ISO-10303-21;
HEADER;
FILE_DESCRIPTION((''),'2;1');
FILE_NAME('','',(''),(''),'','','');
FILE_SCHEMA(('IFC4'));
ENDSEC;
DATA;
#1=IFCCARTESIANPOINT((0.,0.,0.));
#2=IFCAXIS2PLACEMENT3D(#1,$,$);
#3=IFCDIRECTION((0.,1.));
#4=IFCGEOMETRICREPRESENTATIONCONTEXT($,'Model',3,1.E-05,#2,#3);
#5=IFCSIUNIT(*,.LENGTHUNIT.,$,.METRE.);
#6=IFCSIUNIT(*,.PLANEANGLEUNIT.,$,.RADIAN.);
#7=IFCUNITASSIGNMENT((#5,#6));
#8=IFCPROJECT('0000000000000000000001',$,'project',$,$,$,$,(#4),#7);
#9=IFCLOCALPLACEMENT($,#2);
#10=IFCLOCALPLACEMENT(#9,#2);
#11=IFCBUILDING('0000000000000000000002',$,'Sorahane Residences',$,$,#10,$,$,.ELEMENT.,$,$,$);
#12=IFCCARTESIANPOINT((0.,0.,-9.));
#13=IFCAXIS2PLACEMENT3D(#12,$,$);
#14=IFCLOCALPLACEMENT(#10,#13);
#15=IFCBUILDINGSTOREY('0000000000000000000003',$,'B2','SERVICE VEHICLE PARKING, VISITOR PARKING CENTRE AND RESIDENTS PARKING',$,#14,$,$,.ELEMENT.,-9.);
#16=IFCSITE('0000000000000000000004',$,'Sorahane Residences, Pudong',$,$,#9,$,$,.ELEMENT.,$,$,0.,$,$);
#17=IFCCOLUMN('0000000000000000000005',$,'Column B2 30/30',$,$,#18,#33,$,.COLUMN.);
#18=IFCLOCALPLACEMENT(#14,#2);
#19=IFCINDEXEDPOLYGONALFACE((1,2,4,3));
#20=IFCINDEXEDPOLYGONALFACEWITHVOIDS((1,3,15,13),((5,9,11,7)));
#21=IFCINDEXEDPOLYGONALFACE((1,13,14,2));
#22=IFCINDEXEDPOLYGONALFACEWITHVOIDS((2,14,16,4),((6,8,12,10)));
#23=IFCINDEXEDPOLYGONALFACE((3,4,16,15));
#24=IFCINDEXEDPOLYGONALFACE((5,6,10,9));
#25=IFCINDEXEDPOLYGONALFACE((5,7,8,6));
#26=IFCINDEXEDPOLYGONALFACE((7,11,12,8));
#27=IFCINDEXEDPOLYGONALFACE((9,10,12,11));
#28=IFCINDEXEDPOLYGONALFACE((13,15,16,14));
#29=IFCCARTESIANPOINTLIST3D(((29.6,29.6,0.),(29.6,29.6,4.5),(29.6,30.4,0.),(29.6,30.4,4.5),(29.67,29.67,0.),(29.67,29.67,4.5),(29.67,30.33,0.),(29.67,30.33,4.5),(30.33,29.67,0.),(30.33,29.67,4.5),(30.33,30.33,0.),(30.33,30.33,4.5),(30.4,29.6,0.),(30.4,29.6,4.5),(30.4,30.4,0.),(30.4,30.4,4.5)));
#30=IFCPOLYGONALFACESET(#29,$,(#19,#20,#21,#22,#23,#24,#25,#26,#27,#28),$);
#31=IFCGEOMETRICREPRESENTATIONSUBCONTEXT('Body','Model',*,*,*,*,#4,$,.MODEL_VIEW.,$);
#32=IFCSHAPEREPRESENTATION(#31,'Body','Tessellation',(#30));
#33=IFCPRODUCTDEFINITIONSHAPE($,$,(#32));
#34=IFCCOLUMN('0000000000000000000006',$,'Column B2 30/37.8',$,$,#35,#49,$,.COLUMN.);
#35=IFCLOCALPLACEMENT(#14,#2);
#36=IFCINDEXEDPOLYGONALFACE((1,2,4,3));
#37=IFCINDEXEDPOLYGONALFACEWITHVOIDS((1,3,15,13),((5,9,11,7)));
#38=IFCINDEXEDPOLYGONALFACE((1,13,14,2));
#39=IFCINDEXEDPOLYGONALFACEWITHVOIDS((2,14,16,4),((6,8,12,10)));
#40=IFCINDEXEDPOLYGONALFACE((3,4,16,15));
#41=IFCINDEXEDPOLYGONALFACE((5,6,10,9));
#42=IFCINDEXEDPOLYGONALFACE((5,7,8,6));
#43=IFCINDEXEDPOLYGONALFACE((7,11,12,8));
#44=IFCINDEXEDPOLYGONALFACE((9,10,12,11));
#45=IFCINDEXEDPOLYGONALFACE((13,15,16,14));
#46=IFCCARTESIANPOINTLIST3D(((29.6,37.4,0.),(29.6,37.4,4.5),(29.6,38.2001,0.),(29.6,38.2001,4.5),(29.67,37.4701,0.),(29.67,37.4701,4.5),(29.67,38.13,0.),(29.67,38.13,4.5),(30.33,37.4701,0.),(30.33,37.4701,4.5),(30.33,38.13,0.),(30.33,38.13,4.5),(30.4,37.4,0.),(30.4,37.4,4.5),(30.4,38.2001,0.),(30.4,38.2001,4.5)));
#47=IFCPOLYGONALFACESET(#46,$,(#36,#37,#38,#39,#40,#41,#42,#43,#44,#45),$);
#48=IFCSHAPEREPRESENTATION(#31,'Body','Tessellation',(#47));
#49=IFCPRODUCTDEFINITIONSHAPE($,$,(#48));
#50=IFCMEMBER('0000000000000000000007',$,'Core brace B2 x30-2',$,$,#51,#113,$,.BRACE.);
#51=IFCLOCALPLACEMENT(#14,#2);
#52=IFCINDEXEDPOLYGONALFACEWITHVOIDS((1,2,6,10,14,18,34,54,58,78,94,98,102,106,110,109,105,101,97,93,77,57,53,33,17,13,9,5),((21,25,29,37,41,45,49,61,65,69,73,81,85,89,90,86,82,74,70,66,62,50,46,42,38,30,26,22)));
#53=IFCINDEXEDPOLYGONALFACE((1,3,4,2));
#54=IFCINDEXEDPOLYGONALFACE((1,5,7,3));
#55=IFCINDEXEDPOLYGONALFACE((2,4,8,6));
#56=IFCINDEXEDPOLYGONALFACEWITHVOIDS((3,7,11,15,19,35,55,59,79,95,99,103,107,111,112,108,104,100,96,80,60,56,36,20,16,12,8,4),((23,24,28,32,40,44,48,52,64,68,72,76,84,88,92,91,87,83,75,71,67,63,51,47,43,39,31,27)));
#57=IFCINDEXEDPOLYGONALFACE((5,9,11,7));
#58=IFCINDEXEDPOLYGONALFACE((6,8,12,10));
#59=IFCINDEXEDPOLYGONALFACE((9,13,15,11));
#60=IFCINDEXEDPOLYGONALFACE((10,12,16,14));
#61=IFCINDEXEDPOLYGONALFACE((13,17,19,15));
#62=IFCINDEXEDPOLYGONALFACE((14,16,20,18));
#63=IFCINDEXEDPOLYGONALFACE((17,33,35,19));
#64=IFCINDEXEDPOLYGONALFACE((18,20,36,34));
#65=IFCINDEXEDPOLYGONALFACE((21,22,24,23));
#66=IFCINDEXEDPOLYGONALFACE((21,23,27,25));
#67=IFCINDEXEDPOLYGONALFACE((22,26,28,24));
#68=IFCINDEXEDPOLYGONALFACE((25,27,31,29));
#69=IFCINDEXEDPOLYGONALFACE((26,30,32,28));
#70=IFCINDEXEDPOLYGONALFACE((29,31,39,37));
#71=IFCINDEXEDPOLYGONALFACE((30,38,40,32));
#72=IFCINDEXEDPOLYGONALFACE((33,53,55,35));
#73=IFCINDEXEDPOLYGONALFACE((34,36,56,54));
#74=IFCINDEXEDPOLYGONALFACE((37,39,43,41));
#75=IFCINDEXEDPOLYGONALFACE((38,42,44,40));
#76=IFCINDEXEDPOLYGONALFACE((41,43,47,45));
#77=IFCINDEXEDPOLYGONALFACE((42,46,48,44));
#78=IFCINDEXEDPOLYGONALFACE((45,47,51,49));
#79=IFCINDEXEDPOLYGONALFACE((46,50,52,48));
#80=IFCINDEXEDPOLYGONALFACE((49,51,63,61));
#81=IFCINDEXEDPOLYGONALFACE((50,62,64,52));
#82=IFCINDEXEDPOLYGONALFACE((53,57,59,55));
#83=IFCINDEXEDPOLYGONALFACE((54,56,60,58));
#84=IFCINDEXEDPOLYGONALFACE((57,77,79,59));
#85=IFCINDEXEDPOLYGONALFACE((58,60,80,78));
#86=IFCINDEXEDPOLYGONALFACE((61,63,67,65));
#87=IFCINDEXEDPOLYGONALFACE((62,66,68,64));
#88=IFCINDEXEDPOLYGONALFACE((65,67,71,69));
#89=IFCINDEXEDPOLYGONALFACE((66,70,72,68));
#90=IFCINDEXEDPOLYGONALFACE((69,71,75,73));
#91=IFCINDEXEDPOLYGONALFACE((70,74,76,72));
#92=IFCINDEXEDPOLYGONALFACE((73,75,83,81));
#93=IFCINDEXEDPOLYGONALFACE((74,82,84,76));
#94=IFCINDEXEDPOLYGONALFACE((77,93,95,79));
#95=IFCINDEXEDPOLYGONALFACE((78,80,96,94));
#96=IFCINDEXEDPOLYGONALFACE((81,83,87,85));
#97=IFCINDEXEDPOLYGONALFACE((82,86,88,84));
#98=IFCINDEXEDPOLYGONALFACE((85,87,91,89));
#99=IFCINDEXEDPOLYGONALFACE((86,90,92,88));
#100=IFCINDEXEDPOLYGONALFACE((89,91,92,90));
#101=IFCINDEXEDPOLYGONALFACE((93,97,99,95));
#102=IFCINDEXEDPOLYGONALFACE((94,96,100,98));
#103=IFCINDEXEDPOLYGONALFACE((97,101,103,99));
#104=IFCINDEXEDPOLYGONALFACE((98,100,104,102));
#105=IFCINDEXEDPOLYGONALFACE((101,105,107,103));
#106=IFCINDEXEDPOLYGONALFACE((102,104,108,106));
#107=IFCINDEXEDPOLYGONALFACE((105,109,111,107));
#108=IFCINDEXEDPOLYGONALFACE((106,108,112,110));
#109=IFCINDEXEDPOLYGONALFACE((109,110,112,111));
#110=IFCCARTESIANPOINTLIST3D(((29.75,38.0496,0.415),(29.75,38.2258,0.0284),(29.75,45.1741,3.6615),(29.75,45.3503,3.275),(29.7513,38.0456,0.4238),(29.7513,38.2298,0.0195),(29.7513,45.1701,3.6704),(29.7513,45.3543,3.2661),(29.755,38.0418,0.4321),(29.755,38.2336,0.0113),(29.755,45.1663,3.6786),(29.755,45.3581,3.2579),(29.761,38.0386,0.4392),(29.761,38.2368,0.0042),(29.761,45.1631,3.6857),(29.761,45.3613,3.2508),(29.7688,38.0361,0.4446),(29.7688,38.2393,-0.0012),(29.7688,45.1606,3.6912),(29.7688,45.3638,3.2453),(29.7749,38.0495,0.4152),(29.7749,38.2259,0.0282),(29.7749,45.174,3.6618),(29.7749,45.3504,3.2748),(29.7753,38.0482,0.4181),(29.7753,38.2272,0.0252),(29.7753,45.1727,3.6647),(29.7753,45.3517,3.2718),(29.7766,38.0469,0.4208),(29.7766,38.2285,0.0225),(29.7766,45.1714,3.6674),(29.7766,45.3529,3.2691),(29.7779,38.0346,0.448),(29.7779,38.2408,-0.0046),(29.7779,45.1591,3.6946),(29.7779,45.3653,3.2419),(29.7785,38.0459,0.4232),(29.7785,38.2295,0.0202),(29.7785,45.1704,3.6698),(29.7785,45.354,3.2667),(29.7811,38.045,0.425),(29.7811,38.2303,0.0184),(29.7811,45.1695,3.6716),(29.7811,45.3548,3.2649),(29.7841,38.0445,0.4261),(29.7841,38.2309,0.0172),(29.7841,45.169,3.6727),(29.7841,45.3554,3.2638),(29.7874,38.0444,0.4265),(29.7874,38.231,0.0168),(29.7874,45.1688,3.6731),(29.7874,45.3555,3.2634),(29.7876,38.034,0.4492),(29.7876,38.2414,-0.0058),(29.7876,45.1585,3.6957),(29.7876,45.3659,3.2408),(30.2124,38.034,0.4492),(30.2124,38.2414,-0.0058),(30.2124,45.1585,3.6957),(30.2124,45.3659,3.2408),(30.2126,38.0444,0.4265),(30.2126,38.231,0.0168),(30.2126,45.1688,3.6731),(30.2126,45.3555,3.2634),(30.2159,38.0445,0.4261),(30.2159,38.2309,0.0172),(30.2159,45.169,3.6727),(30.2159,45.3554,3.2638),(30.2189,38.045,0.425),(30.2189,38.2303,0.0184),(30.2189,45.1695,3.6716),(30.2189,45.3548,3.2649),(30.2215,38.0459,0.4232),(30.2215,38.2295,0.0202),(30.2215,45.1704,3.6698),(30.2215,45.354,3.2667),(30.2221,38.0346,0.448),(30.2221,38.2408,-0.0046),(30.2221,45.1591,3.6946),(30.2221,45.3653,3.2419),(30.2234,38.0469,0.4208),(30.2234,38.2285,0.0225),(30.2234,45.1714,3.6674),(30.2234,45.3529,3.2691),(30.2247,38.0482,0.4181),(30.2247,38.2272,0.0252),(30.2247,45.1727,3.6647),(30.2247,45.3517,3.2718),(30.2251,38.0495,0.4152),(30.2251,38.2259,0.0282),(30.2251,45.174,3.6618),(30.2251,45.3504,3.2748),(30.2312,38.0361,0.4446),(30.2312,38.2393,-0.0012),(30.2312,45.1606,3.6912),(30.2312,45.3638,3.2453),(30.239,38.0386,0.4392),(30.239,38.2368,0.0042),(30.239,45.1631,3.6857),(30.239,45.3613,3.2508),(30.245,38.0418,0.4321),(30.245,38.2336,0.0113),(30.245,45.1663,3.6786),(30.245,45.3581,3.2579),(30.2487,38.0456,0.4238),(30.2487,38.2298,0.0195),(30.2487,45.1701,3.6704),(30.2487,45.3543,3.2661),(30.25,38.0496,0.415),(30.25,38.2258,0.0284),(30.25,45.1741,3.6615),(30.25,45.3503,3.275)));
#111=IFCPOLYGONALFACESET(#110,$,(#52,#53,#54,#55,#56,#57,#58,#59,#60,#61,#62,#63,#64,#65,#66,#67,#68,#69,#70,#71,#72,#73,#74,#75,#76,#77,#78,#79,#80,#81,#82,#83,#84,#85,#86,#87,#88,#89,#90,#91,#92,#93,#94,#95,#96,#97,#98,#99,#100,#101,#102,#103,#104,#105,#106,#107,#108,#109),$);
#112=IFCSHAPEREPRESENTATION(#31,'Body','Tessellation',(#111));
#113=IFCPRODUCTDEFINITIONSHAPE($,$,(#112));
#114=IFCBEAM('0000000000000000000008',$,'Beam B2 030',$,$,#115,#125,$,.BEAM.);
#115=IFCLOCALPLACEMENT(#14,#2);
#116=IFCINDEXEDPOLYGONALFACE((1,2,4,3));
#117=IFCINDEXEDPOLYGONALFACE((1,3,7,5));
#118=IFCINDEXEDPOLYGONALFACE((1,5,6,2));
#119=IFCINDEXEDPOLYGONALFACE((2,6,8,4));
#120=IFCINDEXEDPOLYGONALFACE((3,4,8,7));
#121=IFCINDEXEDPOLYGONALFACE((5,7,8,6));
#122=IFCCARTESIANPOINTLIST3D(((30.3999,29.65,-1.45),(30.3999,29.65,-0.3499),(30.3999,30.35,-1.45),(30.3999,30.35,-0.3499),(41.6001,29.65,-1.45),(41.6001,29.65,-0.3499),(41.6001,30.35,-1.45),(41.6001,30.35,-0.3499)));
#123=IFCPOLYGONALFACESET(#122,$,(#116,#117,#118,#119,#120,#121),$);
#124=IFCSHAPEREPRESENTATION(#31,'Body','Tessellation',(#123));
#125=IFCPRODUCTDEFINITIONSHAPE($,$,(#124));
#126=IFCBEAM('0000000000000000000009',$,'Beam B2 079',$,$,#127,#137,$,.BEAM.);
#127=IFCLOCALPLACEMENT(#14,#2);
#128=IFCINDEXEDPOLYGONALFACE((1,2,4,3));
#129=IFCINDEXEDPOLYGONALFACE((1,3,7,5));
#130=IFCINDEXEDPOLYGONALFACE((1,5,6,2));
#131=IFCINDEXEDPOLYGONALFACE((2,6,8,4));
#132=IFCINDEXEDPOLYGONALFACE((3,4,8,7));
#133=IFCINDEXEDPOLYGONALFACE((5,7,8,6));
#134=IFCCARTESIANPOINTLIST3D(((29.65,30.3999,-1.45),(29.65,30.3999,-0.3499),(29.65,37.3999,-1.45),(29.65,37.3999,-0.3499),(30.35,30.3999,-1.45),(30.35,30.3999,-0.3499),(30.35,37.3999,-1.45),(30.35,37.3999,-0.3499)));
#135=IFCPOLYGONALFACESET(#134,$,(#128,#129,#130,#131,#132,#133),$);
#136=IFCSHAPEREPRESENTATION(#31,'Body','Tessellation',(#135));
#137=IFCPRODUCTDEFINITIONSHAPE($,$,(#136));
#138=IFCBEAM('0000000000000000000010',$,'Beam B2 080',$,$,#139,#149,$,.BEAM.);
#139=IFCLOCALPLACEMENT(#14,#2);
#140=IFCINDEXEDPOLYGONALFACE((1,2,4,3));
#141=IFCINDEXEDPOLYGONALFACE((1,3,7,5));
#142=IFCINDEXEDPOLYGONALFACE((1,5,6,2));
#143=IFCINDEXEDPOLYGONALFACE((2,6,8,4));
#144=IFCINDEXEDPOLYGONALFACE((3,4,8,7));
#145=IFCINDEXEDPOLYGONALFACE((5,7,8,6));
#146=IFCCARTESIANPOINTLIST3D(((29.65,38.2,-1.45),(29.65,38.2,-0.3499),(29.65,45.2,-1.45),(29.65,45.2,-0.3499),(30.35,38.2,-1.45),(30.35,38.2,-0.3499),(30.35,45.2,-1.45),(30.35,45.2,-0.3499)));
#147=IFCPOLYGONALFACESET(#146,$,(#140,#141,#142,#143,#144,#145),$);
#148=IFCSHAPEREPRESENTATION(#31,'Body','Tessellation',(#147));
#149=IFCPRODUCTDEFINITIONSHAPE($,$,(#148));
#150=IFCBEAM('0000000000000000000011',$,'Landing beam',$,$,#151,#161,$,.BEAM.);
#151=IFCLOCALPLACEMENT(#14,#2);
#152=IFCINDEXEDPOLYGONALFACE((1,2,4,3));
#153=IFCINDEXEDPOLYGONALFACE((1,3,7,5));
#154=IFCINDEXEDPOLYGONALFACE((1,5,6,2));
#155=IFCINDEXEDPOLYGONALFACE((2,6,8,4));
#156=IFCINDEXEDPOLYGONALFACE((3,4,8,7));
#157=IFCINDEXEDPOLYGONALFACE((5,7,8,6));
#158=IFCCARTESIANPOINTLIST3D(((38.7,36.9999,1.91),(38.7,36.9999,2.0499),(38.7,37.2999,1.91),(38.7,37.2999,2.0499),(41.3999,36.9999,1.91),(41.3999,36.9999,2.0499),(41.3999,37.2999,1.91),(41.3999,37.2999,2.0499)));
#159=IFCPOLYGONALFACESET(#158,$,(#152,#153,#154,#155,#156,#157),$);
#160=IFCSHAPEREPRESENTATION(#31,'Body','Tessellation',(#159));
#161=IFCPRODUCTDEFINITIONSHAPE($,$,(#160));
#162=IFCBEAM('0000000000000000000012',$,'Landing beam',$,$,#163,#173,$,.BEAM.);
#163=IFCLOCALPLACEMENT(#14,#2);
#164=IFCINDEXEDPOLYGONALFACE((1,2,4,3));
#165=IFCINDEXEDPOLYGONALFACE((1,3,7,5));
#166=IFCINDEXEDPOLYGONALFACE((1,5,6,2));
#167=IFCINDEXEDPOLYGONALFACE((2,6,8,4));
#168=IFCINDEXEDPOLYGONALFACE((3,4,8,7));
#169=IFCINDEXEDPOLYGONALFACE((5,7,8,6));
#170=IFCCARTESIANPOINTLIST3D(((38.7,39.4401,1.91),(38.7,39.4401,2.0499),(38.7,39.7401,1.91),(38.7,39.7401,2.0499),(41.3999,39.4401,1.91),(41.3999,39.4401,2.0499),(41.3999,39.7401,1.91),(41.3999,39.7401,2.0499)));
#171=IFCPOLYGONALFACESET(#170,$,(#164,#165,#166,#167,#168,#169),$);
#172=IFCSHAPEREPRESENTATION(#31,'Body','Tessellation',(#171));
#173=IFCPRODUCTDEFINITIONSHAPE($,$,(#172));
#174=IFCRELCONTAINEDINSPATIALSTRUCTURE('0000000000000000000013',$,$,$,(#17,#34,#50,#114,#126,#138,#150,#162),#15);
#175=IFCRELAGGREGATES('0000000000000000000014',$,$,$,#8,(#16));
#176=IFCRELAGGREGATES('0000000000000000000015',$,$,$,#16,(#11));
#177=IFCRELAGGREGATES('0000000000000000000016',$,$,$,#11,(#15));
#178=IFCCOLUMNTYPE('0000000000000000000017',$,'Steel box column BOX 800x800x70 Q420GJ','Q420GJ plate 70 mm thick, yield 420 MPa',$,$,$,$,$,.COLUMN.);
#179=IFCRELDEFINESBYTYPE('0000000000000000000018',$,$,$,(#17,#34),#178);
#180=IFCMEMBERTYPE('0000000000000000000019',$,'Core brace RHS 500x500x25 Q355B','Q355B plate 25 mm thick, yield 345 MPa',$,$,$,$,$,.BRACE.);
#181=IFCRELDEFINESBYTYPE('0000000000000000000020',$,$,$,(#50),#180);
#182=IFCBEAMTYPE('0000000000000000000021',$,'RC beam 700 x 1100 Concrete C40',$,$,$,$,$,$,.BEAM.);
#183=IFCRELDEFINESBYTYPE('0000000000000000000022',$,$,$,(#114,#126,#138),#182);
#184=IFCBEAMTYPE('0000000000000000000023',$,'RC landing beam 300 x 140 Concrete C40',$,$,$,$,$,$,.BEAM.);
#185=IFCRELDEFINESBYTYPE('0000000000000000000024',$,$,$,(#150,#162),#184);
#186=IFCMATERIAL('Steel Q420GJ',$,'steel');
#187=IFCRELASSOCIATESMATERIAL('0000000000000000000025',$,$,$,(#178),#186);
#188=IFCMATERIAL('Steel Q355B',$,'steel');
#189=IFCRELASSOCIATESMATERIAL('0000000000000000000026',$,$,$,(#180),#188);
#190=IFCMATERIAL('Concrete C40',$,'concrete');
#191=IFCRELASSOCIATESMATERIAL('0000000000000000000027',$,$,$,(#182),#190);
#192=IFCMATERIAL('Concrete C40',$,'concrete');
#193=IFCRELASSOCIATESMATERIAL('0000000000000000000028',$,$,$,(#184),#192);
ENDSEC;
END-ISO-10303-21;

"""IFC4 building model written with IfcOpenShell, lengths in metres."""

from ifc_helpers import new_model, si_unit, direction, frame, origin, origin_2d, place, context, subcontext, project, spatial, rectangle, hollow_rectangle, extrude, material, material_profile, profile_set, type_object, element, save


model = new_model("IFC4")

# Units and contexts
model_context = context("Model", 3, precision=1e-05, world=origin(), true_north=direction((0.0, 1.0)))
body_context = subcontext(model_context, "Body", "Model", "MODEL_VIEW")
ifc_project = project(units=[si_unit("LENGTHUNIT", "METRE"), si_unit("PLANEANGLEUNIT", "RADIAN")], contexts=[model_context])

# Site, building, storey
site_placement = place(None, origin())
site = spatial("IfcSite", under=ifc_project, at=site_placement, Name="Sorahane Residences, Pudong", CompositionType="ELEMENT", RefElevation=0.0)
building_placement = place(site_placement, origin())
building = spatial("IfcBuilding", under=site, at=building_placement, Name="Sorahane Residences", CompositionType="ELEMENT")
storey_placement = place(building_placement, frame((0.0, 0.0, -9.0)))
storey = spatial("IfcBuildingStorey", under=building, at=storey_placement, Name="B2", Description="SERVICE VEHICLE PARKING, VISITOR PARKING CENTRE AND RESIDENTS PARKING", CompositionType="ELEMENT", Elevation=-9.0)

# Columns
ifc_material_1 = material(Name="Steel Q420GJ", Category="steel")
ifc_material_profile_1 = material_profile(ifc_material_1, hollow_rectangle(XDim=0.8, YDim=0.8, WallThickness=0.0701, at=origin_2d()), Name="BOX 800x800x70")
ifc_profile_set_1 = profile_set([ifc_material_profile_1], Name="Steel Q420GJ")
column_type = type_object("IfcColumnType", Name="Steel box column BOX 800x800x70 Q420GJ", Description="Q420GJ plate 70 mm thick, yield 420 MPa", PredefinedType="COLUMN", material=ifc_profile_set_1)
for number, where, z_axis, x_axis, name in (
    (1, (30.0, 30.0, 0.0), (0.0, 0.0, 1.0), (1.0, 0.0, 0.0), "Column B2 30/30"),
    (2, (30.0, 37.8, 0.0), (0.0, 0.0, 1.0), (1.0, 0.0, 0.0), "Column B2 30/37.8"),
):
    element("IfcColumn", number, at=place(storey_placement, frame(where, z_axis=z_axis, x_axis=x_axis)), inside=storey, type_object=column_type, Name=name, PredefinedType="COLUMN", context=body_context, shape_type="SweptSolid", body=[
        extrude(hollow_rectangle(XDim=0.8, YDim=0.8, WallThickness=0.0701, at=origin_2d()), origin(), (0.0, 0.0, 1.0), 4.5),
    ])

# Member
ifc_material_2 = material(Name="Steel Q355B", Category="steel")
ifc_material_profile_2 = material_profile(ifc_material_2, hollow_rectangle(XDim=0.5, YDim=0.5, WallThickness=0.0249, InnerFilletRadius=0.0125, OuterFilletRadius=0.0376, at=origin_2d()), Name="RHS 500x500x25")
ifc_profile_set_2 = profile_set([ifc_material_profile_2], Name="Steel Q355B")
member_type = type_object("IfcMemberType", Name="Core brace RHS 500x500x25 Q355B", Description="Q355B plate 25 mm thick, yield 345 MPa", PredefinedType="BRACE", material=ifc_profile_set_2)
member_placement = place(storey_placement, frame((30.0, 38.1377, 0.2217), z_axis=(0.0, 0.909973, 0.414667), x_axis=(-1.0, 0.0, 0.0)))
element("IfcMember", 3, at=member_placement, inside=storey, type_object=member_type, Name="Core brace B2 x30-2", PredefinedType="BRACE", context=body_context, shape_type="SweptSolid", body=[
    extrude(hollow_rectangle(XDim=0.5, YDim=0.5, WallThickness=0.0249, InnerFilletRadius=0.0125, OuterFilletRadius=0.0376, at=origin_2d()), origin(), (0.0, 0.0, 1.0), 7.8293),
])

# Beams
ifc_material_3 = material(Name="Concrete C40", Category="concrete")
ifc_material_profile_3 = material_profile(ifc_material_3, rectangle(XDim=0.7, YDim=1.1001, at=origin_2d()), Name="700x1100")
ifc_profile_set_3 = profile_set([ifc_material_profile_3], Name="Concrete C40")
beam_type_1 = type_object("IfcBeamType", Name="RC beam 700 x 1100 Concrete C40", PredefinedType="BEAM", material=ifc_profile_set_3)
beam_placement = place(storey_placement, frame((30.3999, 30.0, -0.8999), z_axis=(1.0, 0.0, 0.0), x_axis=(0.0, 1.0, 0.0)))
element("IfcBeam", 4, at=beam_placement, inside=storey, type_object=beam_type_1, Name="Beam B2 030", PredefinedType="BEAM", context=body_context, shape_type="SweptSolid", body=[
    extrude(rectangle(XDim=0.7, YDim=1.1001, at=origin_2d()), origin(), (0.0, 0.0, 1.0), 11.2002),
])
for number, where, z_axis, x_axis, name in (
    (5, (30.0, 30.3999, -0.8999), (0.0, 1.0, 0.0), (-1.0, 0.0, 0.0), "Beam B2 079"),
    (6, (30.0, 38.2, -0.8999), (0.0, 1.0, 0.0), (-1.0, 0.0, 0.0), "Beam B2 080"),
):
    element("IfcBeam", number, at=place(storey_placement, frame(where, z_axis=z_axis, x_axis=x_axis)), inside=storey, type_object=beam_type_1, Name=name, PredefinedType="BEAM", context=body_context, shape_type="SweptSolid", body=[
        extrude(rectangle(XDim=0.7, YDim=1.1001, at=origin_2d()), origin(), (0.0, 0.0, 1.0), 7.0),
    ])
ifc_material_4 = material(Name="Concrete C40", Category="concrete")
ifc_material_profile_4 = material_profile(ifc_material_4, rectangle(XDim=0.3, YDim=0.1399, at=origin_2d()), Name="300x140")
ifc_profile_set_4 = profile_set([ifc_material_profile_4], Name="Concrete C40")
beam_type_2 = type_object("IfcBeamType", Name="RC landing beam 300 x 140 Concrete C40", PredefinedType="BEAM", material=ifc_profile_set_4)
for number, where, z_axis, x_axis, name in (
    (7, (38.7, 37.1499, 1.98), (1.0, 0.0, 0.0), (0.0, 1.0, 0.0), "Landing beam"),
    (8, (38.7, 39.5901, 1.98), (1.0, 0.0, 0.0), (0.0, 1.0, 0.0), "Landing beam"),
):
    element("IfcBeam", number, at=place(storey_placement, frame(where, z_axis=z_axis, x_axis=x_axis)), inside=storey, type_object=beam_type_2, Name=name, PredefinedType="BEAM", context=body_context, shape_type="SweptSolid", body=[
        extrude(rectangle(XDim=0.3, YDim=0.1399, at=origin_2d()), origin(), (0.0, 0.0, 1.0), 2.7),
    ])

save(model, "model.ifc")
